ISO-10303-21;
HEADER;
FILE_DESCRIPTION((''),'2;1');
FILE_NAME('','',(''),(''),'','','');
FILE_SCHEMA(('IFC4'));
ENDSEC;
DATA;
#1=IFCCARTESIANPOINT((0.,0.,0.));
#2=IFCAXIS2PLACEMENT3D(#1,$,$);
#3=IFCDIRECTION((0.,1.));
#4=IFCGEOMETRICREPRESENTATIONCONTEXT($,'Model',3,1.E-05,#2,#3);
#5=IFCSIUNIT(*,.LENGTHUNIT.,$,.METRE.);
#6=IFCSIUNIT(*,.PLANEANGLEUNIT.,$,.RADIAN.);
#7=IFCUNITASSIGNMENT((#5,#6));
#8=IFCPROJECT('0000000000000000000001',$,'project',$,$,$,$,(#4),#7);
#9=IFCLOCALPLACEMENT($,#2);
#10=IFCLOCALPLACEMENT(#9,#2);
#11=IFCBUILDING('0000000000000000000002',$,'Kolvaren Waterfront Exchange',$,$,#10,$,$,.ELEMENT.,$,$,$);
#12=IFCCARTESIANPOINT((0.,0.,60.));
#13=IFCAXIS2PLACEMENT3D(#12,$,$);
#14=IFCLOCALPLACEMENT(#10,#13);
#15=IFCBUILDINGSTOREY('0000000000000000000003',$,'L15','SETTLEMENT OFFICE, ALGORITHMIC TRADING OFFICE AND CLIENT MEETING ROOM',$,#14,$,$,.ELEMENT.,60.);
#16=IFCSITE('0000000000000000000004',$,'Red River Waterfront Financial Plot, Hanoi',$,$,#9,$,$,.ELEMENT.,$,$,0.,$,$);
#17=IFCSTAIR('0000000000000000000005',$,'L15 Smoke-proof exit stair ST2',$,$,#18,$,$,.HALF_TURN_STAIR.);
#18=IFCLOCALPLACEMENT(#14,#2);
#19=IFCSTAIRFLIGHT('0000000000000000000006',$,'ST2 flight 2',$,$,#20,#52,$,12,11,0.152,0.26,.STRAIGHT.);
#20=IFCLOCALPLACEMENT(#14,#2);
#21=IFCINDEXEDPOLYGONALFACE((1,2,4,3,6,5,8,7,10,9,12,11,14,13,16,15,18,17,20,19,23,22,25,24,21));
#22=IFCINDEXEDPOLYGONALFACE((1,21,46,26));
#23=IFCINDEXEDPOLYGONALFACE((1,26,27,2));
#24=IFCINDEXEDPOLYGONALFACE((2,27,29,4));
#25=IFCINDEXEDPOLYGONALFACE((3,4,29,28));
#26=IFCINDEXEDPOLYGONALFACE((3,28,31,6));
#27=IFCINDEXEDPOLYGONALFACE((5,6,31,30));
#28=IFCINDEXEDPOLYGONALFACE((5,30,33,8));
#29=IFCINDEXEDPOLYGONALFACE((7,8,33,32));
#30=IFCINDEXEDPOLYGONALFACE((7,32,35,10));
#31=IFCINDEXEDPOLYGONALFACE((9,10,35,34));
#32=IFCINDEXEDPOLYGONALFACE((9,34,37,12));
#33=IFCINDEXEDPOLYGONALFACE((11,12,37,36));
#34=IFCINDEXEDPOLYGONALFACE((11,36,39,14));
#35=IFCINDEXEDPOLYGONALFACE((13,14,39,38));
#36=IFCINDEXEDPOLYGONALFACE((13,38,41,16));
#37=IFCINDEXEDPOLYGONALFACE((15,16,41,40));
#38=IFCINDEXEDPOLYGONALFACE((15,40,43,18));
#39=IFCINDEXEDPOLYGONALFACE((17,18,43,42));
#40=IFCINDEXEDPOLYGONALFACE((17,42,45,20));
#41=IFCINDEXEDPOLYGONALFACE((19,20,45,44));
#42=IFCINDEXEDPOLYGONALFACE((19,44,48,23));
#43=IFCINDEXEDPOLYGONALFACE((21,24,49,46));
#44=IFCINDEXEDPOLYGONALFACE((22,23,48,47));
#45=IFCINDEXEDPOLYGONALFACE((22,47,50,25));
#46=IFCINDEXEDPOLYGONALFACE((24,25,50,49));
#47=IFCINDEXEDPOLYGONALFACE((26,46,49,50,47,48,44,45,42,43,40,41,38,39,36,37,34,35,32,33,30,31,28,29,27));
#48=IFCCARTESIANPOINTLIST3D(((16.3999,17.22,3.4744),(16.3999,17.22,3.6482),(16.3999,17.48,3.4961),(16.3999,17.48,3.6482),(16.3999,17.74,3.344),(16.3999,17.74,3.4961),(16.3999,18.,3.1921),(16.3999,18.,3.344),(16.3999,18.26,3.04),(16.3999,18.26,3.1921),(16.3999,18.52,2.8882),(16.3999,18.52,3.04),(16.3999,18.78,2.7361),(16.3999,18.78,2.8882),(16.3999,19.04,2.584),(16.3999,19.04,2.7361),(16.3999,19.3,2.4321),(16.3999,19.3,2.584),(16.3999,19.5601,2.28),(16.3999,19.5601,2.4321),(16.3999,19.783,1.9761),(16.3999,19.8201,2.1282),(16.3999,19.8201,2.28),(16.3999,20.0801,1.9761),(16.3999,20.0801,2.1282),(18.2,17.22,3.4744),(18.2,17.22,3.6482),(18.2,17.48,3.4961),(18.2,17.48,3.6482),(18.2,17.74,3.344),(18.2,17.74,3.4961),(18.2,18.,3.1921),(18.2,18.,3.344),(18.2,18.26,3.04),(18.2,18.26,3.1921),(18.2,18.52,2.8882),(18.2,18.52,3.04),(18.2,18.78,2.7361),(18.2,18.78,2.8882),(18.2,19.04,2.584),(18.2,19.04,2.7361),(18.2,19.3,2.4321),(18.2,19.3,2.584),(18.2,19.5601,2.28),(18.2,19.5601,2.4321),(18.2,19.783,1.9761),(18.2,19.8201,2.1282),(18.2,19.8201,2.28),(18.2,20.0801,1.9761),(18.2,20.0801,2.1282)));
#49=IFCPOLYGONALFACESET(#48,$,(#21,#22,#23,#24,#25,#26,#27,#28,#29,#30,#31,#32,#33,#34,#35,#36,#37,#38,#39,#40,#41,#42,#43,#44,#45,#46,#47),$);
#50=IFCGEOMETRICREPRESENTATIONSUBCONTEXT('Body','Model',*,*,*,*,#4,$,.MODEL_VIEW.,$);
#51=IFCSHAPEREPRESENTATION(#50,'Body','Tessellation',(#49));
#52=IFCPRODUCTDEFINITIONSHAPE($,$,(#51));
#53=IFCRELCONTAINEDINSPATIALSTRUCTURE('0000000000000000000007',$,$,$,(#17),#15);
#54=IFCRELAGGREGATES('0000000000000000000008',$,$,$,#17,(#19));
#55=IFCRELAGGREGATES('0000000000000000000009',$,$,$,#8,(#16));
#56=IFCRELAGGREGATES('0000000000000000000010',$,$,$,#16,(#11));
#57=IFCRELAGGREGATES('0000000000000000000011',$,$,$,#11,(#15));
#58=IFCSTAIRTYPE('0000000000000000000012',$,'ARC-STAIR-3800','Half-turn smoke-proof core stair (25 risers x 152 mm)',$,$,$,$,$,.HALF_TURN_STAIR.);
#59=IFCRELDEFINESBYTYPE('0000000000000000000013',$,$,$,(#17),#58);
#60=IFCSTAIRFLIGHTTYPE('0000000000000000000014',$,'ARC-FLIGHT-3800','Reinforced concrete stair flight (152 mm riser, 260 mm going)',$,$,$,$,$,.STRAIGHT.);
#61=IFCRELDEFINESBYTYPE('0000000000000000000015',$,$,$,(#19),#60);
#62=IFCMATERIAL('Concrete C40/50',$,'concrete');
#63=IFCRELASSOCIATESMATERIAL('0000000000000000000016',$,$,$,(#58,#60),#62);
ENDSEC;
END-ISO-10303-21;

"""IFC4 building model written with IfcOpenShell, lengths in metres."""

from ifc_helpers import new_model, si_unit, direction, frame, origin, place, context, subcontext, project, spatial, polyline, outline, extrude, material, type_object, element, aggregate, save


model = new_model("IFC4")

# Units and contexts
model_context = context("Model", 3, precision=1e-05, world=origin(), true_north=direction((0.0, 1.0)))
body_context = subcontext(model_context, "Body", "Model", "MODEL_VIEW")
ifc_project = project(units=[si_unit("LENGTHUNIT", "METRE"), si_unit("PLANEANGLEUNIT", "RADIAN")], contexts=[model_context])

# Site, building, storey
site_placement = place(None, origin())
site = spatial("IfcSite", under=ifc_project, at=site_placement, Name="Red River Waterfront Financial Plot, Hanoi", CompositionType="ELEMENT", RefElevation=0.0)
building_placement = place(site_placement, origin())
building = spatial("IfcBuilding", under=site, at=building_placement, Name="Kolvaren Waterfront Exchange", CompositionType="ELEMENT")
storey_placement = place(building_placement, frame((0.0, 0.0, 60.0)))
storey = spatial("IfcBuildingStorey", under=building, at=storey_placement, Name="L15", Description="SETTLEMENT OFFICE, ALGORITHMIC TRADING OFFICE AND CLIENT MEETING ROOM", CompositionType="ELEMENT", Elevation=60.0)

# Stair, stair flight
ifc_material_1 = material(Name="Concrete C40/50", Category="concrete")
stair_type = type_object("IfcStairType", Name="ARC-STAIR-3800", Description="Half-turn smoke-proof core stair (25 risers x 152 mm)", PredefinedType="HALF_TURN_STAIR", material=ifc_material_1)
stair_placement = place(storey_placement, origin())
stair = element("IfcStair", 1, at=stair_placement, inside=storey, type_object=stair_type, Name="L15 Smoke-proof exit stair ST2", PredefinedType="HALF_TURN_STAIR")
stair_flight_type = type_object("IfcStairFlightType", Name="ARC-FLIGHT-3800", Description="Reinforced concrete stair flight (152 mm riser, 260 mm going)", PredefinedType="STRAIGHT", material=ifc_material_1)
stair_flight_placement = place(storey_placement, frame((17.3, 20.0801, 1.9761), z_axis=(0.0, 0.0, 1.0), x_axis=(0.0, -1.0, 0.0)))
stair_flight = element("IfcStairFlight", 2, at=stair_flight_placement, type_object=stair_flight_type, Name="ST2 flight 2", NumberOfRisers=12, NumberOfTreads=11, PredefinedType="STRAIGHT", RiserHeight=0.152, TreadLength=0.26, context=body_context, shape_type="SweptSolid", body=[
    extrude(outline(polyline([(0.0, 0.0), (0.0, 0.1521), (0.26, 0.1521), (0.26, 0.304), (0.52, 0.304), (0.52, 0.4561), (0.78, 0.4561), (0.78, 0.6079), (1.04, 0.6079), (1.04, 0.76), (1.3, 0.76), (1.3, 0.9121), (1.5601, 0.9121), (1.5601, 1.064), (1.8201, 1.064), (1.8201, 1.2161), (2.0801, 1.2161), (2.0801, 1.3679), (2.3401, 1.3679), (2.3401, 1.52), (2.6001, 1.52), (2.6001, 1.6721), (2.8601, 1.6721), (2.8601, 1.824), (2.8601, 1.4983), (0.2971, 0.0), (0.0, 0.0)])), frame((0.0, 0.8999, 0.0), z_axis=(0.0, -1.0, 0.0), x_axis=(1.0, 0.0, 0.0)), (0.0, 0.0, 1.0), 1.8),
])
aggregate(stair, [stair_flight])

save(model, "model.ifc")
